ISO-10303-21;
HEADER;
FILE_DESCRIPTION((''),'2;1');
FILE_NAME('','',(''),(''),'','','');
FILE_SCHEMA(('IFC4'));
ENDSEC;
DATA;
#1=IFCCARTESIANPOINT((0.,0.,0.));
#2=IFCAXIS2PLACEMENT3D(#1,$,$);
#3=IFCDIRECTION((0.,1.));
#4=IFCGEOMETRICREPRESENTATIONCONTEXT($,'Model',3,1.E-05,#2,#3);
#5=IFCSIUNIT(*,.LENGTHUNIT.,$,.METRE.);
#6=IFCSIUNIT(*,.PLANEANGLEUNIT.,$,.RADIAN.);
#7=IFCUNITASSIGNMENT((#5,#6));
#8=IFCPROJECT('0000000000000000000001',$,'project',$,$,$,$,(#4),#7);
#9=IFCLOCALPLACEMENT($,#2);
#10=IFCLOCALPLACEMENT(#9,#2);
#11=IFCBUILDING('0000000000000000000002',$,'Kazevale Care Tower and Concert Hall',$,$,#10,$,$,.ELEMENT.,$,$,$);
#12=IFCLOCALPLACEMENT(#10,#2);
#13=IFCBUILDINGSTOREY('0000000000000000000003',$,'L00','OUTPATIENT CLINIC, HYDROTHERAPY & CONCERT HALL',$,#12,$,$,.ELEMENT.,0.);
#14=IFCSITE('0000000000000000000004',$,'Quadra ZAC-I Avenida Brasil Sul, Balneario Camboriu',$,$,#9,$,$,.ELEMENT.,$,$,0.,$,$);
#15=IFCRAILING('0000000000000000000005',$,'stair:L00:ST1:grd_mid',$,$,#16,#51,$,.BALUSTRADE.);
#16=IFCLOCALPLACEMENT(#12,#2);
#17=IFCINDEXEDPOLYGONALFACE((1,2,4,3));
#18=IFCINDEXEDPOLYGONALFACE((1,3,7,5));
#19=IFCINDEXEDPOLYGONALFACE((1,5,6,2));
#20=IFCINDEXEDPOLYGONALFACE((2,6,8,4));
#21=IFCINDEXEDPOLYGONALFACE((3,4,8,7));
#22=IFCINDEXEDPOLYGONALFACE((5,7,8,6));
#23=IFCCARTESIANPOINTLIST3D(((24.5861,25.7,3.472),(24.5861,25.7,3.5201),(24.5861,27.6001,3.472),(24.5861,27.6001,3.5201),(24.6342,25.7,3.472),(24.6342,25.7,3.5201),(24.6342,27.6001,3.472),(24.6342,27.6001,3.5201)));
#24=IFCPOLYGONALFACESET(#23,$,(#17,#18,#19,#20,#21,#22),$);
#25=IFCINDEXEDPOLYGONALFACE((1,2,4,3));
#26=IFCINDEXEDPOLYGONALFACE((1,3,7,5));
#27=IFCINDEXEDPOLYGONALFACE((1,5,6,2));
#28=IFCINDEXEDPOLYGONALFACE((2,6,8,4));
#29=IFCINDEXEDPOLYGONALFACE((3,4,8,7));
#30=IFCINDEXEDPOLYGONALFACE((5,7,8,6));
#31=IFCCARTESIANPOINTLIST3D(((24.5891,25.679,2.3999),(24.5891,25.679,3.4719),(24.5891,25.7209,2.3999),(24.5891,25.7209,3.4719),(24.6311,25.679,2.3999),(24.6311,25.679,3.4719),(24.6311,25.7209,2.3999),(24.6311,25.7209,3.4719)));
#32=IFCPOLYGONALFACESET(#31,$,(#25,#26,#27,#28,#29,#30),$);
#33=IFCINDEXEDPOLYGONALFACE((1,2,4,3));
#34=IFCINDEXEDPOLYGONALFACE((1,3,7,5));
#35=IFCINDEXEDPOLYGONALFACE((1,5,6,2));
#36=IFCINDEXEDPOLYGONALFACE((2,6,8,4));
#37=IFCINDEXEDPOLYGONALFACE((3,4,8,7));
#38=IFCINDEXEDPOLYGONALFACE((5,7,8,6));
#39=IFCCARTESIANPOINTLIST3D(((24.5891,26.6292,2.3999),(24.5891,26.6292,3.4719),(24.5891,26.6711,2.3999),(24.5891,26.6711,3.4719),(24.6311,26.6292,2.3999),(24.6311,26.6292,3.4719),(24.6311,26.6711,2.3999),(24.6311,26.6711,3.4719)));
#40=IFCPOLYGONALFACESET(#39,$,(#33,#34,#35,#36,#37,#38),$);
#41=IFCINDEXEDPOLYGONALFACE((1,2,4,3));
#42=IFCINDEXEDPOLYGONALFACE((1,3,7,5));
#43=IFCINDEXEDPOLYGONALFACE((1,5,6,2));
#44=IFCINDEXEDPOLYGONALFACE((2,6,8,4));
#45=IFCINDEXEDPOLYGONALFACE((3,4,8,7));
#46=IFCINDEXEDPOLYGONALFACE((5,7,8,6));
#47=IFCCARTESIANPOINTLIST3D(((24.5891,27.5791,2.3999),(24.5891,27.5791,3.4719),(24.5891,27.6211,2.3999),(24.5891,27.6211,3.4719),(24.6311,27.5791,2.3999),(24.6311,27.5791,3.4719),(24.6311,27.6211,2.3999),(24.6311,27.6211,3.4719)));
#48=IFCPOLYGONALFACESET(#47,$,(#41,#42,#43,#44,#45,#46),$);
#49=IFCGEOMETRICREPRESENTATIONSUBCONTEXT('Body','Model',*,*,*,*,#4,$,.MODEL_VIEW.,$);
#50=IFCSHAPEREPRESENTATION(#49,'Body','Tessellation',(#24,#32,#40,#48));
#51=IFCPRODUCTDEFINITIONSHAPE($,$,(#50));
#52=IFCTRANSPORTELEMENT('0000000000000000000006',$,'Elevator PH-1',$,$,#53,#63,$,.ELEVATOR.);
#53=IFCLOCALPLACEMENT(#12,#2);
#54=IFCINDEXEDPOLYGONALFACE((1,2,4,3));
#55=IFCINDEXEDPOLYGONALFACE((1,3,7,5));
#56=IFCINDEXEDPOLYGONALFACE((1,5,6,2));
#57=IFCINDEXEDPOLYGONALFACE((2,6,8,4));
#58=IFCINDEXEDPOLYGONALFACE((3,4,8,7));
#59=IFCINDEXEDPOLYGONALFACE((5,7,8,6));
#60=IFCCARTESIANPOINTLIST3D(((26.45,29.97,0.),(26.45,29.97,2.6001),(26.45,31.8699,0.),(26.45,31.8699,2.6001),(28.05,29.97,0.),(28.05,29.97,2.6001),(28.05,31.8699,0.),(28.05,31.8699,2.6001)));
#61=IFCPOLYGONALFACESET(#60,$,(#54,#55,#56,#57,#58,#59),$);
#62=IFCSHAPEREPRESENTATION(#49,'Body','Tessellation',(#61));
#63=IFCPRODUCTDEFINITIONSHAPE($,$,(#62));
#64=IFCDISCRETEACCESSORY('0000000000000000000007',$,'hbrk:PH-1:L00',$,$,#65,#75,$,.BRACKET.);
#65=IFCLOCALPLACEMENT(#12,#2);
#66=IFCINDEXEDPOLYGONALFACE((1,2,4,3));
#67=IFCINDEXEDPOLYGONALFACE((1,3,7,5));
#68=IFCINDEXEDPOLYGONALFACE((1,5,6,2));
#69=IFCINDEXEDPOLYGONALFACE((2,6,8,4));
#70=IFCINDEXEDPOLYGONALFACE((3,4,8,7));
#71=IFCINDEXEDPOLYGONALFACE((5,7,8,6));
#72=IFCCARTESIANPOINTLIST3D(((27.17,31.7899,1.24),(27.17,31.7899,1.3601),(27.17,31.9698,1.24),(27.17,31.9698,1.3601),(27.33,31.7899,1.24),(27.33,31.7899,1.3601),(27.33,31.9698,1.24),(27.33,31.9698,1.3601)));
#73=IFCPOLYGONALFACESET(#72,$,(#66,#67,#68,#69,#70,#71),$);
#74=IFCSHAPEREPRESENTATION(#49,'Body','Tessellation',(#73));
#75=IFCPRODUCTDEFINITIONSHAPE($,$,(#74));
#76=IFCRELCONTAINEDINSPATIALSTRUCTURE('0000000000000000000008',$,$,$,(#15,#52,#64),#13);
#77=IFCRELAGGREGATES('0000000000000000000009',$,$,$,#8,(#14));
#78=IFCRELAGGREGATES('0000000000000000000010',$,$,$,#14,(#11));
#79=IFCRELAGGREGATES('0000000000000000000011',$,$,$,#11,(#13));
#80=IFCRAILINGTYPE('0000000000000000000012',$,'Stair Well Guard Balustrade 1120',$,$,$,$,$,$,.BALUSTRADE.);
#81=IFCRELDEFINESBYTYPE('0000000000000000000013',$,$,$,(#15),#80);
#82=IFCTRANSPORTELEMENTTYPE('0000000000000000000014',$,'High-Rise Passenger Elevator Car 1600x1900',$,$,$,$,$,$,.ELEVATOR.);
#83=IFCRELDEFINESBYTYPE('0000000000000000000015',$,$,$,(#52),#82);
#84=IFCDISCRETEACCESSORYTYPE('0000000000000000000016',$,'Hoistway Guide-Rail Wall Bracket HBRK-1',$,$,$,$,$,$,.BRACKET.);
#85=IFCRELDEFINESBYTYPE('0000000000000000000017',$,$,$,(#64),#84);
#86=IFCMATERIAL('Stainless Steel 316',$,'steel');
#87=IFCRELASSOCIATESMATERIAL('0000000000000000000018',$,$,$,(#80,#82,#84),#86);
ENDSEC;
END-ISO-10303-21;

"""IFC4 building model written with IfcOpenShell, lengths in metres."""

from ifc_helpers import new_model, si_unit, direction, frame, origin, origin_2d, place, context, subcontext, project, spatial, rectangle, extrude, material, type_object, element, save


model = new_model("IFC4")

# Units and contexts
model_context = context("Model", 3, precision=1e-05, world=origin(), true_north=direction((0.0, 1.0)))
body_context = subcontext(model_context, "Body", "Model", "MODEL_VIEW")
ifc_project = project(units=[si_unit("LENGTHUNIT", "METRE"), si_unit("PLANEANGLEUNIT", "RADIAN")], contexts=[model_context])

# Site, building, storey
site_placement = place(None, origin())
site = spatial("IfcSite", under=ifc_project, at=site_placement, Name="Quadra ZAC-I Avenida Brasil Sul, Balneario Camboriu", CompositionType="ELEMENT", RefElevation=0.0)
building_placement = place(site_placement, origin())
building = spatial("IfcBuilding", under=site, at=building_placement, Name="Kazevale Care Tower and Concert Hall", CompositionType="ELEMENT")
storey_placement = place(building_placement, origin())
storey = spatial("IfcBuildingStorey", under=building, at=storey_placement, Name="L00", Description="OUTPATIENT CLINIC, HYDROTHERAPY & CONCERT HALL", CompositionType="ELEMENT", Elevation=0.0)

# Railing
ifc_material_1 = material(Name="Stainless Steel 316", Category="steel")
railing_type_1 = type_object("IfcRailingType", Name="Stair Well Guard Balustrade 1120", PredefinedType="BALUSTRADE", material=ifc_material_1)
railing_1_placement = place(storey_placement, frame((24.6101, 25.7, 2.3999)))
element("IfcRailing", 1, at=railing_1_placement, inside=storey, type_object=railing_type_1, Name="stair:L00:ST1:grd_mid", PredefinedType="BALUSTRADE", context=body_context, shape_type="SweptSolid", body=[
    extrude(rectangle(XDim=0.0481, YDim=0.0481, at=origin_2d()), frame((0.0, 0.0, 1.0962), z_axis=(0.0, 1.0, 0.0), x_axis=(-1.0, 0.0, 0.0)), (0.0, 0.0, 1.0), 1.9001),
    extrude(rectangle(XDim=0.042, YDim=0.042, at=origin_2d()), origin(), (0.0, 0.0, 1.0), 1.072),
    extrude(rectangle(XDim=0.042, YDim=0.042, at=origin_2d()), frame((0.0, 0.9502, 0.0)), (0.0, 0.0, 1.0), 1.072),
    extrude(rectangle(XDim=0.042, YDim=0.042, at=origin_2d()), frame((0.0, 1.9001, 0.0)), (0.0, 0.0, 1.0), 1.072),
])

# Transport element
transport_element_type = type_object("IfcTransportElementType", Name="High-Rise Passenger Elevator Car 1600x1900", PredefinedType="ELEVATOR", material=ifc_material_1)
transport_element_placement = place(storey_placement, frame((27.25, 30.9199, 0.0), z_axis=(0.0, 0.0, 1.0), x_axis=(1.0, 0.0, 0.0)))
element("IfcTransportElement", 2, at=transport_element_placement, inside=storey, type_object=transport_element_type, Name="Elevator PH-1", PredefinedType="ELEVATOR", context=body_context, shape_type="SweptSolid", body=[
    extrude(rectangle(XDim=1.6001, YDim=1.8999, at=origin_2d()), origin(), (0.0, 0.0, 1.0), 2.6001),
])

# Discrete accessory
discrete_accessory_type = type_object("IfcDiscreteAccessoryType", Name="Hoistway Guide-Rail Wall Bracket HBRK-1", PredefinedType="BRACKET", material=ifc_material_1)
discrete_accessory_placement = place(storey_placement, frame((27.25, 31.8799, 1.24), z_axis=(0.0, 0.0, 1.0), x_axis=(1.0, 0.0, 0.0)))
element("IfcDiscreteAccessory", 3, at=discrete_accessory_placement, inside=storey, type_object=discrete_accessory_type, Name="hbrk:PH-1:L00", PredefinedType="BRACKET", context=body_context, shape_type="SweptSolid", body=[
    extrude(rectangle(XDim=0.1599, YDim=0.1799, at=origin_2d()), origin(), (0.0, 0.0, 1.0), 0.1201),
])

save(model, "model.ifc")
